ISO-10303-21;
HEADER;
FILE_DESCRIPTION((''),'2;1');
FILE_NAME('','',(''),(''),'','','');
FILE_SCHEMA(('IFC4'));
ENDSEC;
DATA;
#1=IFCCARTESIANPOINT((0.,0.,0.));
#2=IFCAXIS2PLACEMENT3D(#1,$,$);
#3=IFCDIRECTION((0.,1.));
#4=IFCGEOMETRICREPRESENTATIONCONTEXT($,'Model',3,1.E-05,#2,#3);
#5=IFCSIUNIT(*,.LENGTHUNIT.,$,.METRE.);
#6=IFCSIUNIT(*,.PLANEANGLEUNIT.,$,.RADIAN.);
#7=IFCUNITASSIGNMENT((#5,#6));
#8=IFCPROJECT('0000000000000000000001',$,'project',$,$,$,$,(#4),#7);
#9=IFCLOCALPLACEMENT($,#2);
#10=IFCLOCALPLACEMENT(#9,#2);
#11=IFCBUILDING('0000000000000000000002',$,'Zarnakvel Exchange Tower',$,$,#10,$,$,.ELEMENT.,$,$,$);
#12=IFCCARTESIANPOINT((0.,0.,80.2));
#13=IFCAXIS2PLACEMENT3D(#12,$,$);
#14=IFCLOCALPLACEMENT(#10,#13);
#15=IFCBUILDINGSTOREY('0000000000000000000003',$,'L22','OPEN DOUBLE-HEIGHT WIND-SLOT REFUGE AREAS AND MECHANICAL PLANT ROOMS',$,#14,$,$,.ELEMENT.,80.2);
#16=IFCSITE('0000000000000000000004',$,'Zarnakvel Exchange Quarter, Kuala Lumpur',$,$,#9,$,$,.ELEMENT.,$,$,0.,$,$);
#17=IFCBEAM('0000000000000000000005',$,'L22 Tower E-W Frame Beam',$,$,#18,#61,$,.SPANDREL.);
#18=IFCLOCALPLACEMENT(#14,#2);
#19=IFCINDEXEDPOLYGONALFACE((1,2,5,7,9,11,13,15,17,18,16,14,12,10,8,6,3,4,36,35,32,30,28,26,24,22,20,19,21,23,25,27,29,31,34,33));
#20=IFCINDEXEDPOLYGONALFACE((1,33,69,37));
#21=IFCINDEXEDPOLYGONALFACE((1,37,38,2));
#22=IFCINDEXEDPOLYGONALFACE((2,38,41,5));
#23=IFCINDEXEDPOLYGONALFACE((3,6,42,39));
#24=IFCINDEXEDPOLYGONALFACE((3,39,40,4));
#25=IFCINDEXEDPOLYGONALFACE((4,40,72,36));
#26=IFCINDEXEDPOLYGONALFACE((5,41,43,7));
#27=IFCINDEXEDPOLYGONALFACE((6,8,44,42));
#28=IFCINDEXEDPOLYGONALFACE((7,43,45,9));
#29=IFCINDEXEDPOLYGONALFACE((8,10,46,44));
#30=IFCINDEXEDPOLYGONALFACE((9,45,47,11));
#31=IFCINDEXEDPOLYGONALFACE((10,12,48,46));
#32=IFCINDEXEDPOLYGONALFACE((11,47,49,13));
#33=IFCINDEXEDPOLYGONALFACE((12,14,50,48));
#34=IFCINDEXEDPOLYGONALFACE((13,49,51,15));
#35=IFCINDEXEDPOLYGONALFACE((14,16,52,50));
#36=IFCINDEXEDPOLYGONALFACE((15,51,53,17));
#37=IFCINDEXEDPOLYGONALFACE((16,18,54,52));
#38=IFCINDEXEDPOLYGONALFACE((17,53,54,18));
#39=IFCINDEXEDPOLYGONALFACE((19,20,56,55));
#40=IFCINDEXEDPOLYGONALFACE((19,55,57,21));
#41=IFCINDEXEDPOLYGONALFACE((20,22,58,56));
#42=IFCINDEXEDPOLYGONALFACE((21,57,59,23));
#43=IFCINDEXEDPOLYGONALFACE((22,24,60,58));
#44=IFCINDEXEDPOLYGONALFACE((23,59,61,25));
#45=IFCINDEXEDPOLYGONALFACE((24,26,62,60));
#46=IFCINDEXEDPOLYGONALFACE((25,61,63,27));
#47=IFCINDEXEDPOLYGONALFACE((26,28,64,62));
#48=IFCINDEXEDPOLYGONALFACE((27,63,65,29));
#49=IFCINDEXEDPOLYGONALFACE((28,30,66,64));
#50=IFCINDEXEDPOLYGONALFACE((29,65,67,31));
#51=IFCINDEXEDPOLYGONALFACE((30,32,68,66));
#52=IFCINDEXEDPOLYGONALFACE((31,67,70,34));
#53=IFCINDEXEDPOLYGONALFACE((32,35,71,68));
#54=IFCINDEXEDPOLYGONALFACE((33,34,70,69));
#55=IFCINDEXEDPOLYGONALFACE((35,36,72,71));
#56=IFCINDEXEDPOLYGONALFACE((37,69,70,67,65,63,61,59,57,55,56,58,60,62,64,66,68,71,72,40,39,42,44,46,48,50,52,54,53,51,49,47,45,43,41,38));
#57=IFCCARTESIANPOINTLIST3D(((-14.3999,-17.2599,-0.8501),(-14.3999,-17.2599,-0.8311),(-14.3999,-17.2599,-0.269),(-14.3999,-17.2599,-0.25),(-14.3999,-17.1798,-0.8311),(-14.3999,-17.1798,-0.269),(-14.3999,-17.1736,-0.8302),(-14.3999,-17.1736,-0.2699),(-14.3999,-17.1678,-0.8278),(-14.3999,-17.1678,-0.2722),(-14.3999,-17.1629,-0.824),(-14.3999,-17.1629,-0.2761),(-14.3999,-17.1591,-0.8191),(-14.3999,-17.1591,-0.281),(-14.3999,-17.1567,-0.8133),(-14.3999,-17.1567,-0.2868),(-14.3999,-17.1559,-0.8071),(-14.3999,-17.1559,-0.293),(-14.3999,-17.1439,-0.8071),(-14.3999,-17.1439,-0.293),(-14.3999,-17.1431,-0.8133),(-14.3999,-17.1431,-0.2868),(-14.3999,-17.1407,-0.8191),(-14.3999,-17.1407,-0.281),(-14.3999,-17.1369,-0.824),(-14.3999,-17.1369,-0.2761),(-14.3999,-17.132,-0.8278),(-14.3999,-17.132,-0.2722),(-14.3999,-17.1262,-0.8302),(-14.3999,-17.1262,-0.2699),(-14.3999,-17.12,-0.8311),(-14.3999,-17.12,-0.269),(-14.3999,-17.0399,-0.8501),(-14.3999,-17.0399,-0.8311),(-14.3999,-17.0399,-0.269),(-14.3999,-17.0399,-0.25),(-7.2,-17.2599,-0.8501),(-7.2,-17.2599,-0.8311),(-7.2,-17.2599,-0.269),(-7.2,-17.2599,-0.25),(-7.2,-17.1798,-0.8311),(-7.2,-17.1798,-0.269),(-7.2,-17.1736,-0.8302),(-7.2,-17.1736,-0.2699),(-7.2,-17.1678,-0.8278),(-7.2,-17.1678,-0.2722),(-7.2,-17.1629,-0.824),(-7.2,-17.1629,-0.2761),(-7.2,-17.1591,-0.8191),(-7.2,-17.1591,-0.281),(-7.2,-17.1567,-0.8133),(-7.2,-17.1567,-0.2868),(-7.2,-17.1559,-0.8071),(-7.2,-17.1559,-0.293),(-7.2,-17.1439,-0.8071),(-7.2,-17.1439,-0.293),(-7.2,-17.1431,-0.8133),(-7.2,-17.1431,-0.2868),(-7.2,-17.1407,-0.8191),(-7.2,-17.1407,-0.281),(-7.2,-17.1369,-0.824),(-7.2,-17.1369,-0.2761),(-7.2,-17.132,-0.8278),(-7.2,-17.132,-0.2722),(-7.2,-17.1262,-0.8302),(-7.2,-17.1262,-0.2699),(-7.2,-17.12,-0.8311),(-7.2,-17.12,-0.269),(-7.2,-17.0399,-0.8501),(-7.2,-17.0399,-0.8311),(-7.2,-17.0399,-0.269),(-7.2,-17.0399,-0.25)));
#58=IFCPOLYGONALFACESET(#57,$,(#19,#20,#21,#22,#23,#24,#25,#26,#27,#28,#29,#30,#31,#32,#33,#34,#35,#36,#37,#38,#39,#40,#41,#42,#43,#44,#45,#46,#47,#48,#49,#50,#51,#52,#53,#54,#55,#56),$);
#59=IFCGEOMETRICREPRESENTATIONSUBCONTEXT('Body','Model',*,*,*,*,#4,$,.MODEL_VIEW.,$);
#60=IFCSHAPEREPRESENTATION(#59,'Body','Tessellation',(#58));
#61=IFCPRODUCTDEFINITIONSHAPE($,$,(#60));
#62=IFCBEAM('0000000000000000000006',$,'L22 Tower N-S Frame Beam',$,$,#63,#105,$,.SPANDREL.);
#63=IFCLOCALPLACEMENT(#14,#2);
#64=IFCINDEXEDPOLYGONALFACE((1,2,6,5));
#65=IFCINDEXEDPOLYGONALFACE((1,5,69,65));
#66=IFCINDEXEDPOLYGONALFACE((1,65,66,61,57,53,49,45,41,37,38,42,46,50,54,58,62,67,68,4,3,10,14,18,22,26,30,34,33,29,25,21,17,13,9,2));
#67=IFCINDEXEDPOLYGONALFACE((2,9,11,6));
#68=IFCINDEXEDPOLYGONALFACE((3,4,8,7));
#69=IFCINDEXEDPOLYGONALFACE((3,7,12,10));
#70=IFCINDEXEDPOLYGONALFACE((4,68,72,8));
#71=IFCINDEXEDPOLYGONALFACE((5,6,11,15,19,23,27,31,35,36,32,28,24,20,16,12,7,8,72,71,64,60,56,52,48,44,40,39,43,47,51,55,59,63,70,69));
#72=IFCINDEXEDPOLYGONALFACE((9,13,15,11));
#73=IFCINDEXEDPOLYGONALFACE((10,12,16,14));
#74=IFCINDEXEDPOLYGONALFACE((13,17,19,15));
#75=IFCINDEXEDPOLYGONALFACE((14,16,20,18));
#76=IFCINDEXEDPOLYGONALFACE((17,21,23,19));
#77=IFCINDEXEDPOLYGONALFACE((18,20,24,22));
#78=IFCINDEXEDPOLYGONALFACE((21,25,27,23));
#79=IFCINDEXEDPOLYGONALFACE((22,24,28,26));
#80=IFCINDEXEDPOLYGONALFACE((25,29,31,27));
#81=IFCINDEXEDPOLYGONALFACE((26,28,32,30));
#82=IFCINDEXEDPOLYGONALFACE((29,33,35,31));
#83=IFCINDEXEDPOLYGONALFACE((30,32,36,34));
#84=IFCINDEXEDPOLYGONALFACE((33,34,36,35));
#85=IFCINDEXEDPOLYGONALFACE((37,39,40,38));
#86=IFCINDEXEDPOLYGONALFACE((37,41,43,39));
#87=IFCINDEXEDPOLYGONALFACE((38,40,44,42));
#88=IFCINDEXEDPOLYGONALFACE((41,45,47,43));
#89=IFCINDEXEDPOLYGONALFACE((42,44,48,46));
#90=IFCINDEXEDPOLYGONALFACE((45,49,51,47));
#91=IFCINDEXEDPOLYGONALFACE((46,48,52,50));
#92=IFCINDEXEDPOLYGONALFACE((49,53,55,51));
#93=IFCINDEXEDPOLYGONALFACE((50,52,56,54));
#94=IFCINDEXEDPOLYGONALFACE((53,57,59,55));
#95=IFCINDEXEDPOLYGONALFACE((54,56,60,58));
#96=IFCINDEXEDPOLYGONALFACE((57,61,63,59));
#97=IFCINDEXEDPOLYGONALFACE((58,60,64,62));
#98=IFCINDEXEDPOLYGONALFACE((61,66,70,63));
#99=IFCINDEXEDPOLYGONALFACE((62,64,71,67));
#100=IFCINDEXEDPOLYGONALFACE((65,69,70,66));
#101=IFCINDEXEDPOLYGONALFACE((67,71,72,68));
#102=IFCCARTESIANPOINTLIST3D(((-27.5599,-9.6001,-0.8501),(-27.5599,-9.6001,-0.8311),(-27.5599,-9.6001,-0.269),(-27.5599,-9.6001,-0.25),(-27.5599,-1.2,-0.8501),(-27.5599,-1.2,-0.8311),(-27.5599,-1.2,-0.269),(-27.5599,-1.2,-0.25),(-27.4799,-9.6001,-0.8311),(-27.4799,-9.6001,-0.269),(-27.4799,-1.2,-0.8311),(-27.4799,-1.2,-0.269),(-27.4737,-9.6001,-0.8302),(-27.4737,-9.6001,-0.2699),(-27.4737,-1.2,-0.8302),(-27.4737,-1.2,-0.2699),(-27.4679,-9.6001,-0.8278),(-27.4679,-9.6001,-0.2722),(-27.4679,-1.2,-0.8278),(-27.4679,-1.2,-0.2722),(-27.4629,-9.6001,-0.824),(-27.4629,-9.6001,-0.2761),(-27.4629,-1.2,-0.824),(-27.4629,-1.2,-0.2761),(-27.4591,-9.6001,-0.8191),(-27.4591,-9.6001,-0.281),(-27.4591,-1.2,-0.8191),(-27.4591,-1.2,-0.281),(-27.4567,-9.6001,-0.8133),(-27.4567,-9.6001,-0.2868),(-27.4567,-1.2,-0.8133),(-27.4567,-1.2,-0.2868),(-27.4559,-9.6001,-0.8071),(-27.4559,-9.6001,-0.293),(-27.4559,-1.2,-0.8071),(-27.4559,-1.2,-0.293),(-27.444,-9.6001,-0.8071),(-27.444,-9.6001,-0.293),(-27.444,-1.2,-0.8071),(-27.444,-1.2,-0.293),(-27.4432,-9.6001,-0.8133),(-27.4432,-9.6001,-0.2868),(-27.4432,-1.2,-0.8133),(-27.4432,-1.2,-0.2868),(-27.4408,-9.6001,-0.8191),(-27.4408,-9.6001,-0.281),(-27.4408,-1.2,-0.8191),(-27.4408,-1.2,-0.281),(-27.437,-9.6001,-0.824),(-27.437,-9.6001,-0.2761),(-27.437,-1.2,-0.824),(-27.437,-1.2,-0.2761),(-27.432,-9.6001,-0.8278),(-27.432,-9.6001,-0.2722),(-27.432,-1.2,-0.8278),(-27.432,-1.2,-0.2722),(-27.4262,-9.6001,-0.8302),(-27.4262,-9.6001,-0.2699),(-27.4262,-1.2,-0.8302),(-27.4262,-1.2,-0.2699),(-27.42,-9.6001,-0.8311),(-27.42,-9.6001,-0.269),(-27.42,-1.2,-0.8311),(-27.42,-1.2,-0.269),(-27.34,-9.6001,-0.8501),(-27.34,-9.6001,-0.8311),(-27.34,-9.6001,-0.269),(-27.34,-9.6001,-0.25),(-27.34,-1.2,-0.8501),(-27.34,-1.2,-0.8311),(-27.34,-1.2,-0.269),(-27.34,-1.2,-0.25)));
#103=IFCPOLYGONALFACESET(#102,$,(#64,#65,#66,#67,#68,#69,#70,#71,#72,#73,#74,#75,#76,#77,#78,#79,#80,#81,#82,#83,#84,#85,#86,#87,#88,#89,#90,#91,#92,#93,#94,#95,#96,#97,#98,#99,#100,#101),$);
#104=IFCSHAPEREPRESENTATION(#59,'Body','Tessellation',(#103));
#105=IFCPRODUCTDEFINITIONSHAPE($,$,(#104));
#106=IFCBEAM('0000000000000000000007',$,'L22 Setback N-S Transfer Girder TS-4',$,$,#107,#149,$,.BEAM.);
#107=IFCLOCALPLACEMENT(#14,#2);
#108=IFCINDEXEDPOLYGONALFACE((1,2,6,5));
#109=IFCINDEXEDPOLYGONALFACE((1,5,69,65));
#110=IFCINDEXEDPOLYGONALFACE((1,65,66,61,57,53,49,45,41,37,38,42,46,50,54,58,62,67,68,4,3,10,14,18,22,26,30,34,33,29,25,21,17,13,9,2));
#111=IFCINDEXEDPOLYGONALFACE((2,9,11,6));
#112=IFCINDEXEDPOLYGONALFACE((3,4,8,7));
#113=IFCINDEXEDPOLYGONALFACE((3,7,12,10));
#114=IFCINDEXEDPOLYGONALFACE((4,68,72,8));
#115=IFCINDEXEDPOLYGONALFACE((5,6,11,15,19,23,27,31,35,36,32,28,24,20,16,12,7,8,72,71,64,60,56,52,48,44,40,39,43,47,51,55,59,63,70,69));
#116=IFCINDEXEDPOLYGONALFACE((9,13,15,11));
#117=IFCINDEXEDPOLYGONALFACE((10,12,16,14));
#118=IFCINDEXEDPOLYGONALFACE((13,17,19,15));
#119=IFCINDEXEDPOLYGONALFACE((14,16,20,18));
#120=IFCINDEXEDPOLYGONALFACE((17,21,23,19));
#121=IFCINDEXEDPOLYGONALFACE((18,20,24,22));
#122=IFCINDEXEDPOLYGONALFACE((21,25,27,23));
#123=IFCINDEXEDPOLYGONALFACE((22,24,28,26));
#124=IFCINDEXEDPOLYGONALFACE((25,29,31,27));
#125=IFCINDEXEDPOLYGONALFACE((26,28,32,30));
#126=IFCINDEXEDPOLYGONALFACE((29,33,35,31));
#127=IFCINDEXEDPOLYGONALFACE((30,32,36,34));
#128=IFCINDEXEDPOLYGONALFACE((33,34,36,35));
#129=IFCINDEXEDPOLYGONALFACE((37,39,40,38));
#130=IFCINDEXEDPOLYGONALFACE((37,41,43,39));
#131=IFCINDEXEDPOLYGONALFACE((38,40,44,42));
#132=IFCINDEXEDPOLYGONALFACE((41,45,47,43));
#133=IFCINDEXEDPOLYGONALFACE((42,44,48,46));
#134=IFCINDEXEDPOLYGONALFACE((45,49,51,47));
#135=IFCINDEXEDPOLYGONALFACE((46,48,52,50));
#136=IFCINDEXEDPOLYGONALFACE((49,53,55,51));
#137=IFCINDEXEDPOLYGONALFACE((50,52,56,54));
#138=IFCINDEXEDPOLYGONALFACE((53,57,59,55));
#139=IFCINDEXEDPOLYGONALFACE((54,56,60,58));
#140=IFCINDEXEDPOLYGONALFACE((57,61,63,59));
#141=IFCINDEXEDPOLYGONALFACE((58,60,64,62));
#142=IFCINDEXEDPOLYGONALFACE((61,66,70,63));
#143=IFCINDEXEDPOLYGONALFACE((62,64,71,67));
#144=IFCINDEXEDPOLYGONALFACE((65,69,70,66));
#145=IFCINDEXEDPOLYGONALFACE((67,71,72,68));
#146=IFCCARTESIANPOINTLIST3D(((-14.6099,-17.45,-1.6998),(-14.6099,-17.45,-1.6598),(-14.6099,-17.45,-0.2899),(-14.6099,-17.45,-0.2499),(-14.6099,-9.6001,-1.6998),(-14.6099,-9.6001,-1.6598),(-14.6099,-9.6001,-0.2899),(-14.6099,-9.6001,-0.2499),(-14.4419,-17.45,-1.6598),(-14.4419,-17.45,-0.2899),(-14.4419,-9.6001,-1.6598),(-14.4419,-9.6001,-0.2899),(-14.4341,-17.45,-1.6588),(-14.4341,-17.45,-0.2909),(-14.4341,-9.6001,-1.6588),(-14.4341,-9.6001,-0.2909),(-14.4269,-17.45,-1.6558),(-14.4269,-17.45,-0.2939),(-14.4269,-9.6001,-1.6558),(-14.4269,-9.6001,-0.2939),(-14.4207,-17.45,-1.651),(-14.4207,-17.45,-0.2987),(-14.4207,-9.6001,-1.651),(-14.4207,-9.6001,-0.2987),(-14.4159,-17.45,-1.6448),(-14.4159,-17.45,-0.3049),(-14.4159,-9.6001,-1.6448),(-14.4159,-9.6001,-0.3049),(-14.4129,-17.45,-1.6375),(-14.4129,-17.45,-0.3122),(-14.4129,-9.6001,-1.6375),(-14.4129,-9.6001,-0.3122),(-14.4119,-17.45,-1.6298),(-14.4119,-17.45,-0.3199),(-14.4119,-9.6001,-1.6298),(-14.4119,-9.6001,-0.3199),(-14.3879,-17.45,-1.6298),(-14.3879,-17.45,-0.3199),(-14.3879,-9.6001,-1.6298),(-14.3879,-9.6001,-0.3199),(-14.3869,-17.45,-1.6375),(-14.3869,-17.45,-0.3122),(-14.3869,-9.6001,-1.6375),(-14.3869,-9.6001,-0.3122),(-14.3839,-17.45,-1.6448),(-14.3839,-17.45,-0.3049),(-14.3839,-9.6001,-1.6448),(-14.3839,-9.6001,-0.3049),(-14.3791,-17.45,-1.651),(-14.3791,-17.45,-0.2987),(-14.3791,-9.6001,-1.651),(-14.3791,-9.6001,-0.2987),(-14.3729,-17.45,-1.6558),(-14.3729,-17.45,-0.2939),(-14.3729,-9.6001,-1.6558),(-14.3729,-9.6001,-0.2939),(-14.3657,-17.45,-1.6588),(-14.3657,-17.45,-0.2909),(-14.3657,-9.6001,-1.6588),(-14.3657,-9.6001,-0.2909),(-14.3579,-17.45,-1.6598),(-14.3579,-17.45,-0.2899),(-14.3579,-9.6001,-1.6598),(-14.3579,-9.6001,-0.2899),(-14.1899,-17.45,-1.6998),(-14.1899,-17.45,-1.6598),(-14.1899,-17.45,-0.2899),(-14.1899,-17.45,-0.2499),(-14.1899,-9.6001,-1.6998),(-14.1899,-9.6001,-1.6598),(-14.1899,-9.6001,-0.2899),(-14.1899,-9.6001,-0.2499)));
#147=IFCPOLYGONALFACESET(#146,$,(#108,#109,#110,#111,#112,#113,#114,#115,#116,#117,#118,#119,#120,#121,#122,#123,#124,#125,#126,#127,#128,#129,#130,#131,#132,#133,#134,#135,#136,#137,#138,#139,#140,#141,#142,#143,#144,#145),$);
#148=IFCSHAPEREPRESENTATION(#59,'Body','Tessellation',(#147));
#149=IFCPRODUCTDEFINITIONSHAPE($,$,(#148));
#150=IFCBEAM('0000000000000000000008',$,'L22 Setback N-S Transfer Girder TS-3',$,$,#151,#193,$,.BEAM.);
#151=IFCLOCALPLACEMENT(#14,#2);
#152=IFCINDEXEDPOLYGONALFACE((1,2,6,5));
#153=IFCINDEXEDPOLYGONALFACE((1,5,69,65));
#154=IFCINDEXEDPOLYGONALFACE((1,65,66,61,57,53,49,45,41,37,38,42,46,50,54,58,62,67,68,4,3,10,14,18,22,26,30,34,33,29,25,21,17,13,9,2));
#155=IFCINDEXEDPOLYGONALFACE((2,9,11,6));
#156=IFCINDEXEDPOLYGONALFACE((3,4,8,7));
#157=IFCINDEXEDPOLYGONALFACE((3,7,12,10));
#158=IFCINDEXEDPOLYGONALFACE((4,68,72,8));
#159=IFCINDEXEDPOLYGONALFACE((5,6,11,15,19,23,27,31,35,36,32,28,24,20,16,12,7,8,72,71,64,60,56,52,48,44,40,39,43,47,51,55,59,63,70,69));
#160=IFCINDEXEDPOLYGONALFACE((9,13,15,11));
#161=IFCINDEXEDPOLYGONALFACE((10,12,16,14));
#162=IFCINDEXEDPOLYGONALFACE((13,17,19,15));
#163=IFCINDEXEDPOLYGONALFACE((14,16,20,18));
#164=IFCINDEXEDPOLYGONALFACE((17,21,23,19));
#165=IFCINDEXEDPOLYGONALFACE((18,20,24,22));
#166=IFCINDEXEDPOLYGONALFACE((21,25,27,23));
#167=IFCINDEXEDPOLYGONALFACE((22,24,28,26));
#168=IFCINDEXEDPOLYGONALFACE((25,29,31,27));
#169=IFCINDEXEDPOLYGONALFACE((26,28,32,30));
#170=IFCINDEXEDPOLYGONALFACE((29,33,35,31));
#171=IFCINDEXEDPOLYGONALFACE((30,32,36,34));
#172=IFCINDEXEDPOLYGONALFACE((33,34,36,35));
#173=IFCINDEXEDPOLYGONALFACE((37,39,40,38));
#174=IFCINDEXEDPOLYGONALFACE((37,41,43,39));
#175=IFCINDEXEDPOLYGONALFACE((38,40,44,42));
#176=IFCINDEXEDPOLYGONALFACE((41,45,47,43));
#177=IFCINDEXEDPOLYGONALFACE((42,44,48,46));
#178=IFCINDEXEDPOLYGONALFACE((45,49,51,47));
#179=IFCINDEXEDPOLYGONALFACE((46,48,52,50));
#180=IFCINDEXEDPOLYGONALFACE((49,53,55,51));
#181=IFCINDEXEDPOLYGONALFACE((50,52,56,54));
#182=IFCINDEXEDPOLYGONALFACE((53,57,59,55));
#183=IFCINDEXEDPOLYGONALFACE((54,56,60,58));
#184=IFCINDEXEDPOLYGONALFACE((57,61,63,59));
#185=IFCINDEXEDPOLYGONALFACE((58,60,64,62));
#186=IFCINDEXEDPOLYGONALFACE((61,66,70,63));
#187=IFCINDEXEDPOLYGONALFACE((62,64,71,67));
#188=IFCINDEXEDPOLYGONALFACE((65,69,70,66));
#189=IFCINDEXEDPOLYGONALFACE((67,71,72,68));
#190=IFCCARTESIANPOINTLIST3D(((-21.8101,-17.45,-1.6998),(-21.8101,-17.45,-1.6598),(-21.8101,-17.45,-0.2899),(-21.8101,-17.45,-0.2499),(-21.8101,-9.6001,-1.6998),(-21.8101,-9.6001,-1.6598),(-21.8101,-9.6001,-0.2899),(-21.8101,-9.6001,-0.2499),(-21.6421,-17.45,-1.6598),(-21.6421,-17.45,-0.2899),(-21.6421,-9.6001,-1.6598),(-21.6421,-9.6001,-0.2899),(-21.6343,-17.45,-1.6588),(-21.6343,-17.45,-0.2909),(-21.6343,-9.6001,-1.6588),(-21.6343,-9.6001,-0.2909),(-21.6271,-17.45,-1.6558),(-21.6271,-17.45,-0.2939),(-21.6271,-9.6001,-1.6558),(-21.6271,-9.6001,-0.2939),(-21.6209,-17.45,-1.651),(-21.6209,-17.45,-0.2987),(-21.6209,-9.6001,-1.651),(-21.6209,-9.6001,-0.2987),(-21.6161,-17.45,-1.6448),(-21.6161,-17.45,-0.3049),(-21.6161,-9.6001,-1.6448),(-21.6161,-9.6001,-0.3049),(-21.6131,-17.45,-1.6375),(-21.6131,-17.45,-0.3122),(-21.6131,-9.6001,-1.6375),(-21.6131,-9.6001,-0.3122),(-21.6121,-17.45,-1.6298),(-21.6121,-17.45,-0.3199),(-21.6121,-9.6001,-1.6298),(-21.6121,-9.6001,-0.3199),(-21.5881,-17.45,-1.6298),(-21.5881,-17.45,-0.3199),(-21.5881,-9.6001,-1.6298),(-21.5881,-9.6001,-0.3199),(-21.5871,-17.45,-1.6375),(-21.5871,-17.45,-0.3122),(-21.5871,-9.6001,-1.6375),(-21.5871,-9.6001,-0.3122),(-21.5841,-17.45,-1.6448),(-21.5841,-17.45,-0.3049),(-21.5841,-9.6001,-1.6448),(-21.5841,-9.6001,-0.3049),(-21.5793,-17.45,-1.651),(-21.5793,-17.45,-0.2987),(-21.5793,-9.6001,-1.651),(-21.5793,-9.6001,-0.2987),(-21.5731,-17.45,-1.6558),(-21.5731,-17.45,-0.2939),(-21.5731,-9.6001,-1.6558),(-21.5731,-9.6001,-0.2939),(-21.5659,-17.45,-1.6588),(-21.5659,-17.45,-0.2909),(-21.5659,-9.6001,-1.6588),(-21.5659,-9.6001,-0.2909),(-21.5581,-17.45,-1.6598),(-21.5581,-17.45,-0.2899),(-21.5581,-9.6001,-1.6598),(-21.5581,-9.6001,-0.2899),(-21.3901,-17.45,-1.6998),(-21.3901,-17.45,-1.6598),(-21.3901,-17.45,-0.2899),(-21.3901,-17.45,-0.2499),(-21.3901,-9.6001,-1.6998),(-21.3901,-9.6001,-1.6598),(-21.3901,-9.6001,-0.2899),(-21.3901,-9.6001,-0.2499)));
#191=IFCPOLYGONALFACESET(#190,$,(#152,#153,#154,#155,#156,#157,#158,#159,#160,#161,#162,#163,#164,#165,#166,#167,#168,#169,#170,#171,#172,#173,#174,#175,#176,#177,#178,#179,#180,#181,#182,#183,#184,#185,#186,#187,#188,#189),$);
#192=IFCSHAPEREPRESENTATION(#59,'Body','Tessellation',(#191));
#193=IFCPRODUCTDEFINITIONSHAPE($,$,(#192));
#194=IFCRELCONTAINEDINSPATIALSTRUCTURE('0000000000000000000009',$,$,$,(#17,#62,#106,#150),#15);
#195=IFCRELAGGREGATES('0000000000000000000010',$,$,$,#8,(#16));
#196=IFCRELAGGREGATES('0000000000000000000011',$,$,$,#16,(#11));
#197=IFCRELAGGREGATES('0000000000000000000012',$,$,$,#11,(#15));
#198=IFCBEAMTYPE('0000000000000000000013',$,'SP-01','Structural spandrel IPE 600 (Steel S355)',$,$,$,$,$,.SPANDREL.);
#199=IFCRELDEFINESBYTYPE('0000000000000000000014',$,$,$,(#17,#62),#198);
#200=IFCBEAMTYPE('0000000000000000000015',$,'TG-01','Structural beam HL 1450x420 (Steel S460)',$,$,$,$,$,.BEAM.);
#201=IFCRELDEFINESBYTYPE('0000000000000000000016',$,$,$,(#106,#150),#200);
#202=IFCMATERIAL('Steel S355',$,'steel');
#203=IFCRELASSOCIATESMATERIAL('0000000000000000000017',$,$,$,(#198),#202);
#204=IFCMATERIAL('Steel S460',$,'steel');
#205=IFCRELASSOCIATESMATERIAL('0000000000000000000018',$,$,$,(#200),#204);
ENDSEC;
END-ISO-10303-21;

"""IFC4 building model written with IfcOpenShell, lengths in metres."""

from ifc_helpers import new_model, si_unit, direction, frame, origin, origin_2d, place, context, subcontext, project, spatial, i_section, extrude, material, material_profile, profile_set, type_object, element, save


model = new_model("IFC4")

# Units and contexts
model_context = context("Model", 3, precision=1e-05, world=origin(), true_north=direction((0.0, 1.0)))
body_context = subcontext(model_context, "Body", "Model", "MODEL_VIEW")
ifc_project = project(units=[si_unit("LENGTHUNIT", "METRE"), si_unit("PLANEANGLEUNIT", "RADIAN")], contexts=[model_context])

# Site, building, storey
site_placement = place(None, origin())
site = spatial("IfcSite", under=ifc_project, at=site_placement, Name="Zarnakvel Exchange Quarter, Kuala Lumpur", CompositionType="ELEMENT", RefElevation=0.0)
building_placement = place(site_placement, origin())
building = spatial("IfcBuilding", under=site, at=building_placement, Name="Zarnakvel Exchange Tower", CompositionType="ELEMENT")
storey_placement = place(building_placement, frame((0.0, 0.0, 80.2)))
storey = spatial("IfcBuildingStorey", under=building, at=storey_placement, Name="L22", Description="OPEN DOUBLE-HEIGHT WIND-SLOT REFUGE AREAS AND MECHANICAL PLANT ROOMS", CompositionType="ELEMENT", Elevation=80.2)

# Shared definitions
ifc_material_1 = material(Name="Steel S355", Category="steel")

# Beams
ifc_material_profile_1 = material_profile(ifc_material_1, i_section(OverallWidth=0.22, OverallDepth=0.6001, WebThickness=0.012, FlangeThickness=0.019, FilletRadius=0.0239, at=origin_2d()))
ifc_profile_set_1 = profile_set([ifc_material_profile_1], Name="Steel S355")
beam_type_1 = type_object("IfcBeamType", Name="SP-01", Description="Structural spandrel IPE 600 (Steel S355)", PredefinedType="SPANDREL", material=ifc_profile_set_1)
beam_1_placement = place(storey_placement, frame((-14.3999, -17.1499, -0.55), z_axis=(1.0, 0.0, 0.0), x_axis=(0.0, 1.0, 0.0)))
element("IfcBeam", 1, at=beam_1_placement, inside=storey, type_object=beam_type_1, Name="L22 Tower E-W Frame Beam", PredefinedType="SPANDREL", context=body_context, shape_type="SweptSolid", body=[
    extrude(i_section(OverallWidth=0.22, OverallDepth=0.6001, WebThickness=0.012, FlangeThickness=0.019, FilletRadius=0.0239, at=origin_2d()), origin(), (0.0, 0.0, 1.0), 7.2),
])
beam_2_placement = place(storey_placement, frame((-27.45, -9.6001, -0.55), z_axis=(0.0, 1.0, 0.0), x_axis=(-1.0, 0.0, 0.0)))
element("IfcBeam", 2, at=beam_2_placement, inside=storey, type_object=beam_type_1, Name="L22 Tower N-S Frame Beam", PredefinedType="SPANDREL", context=body_context, shape_type="SweptSolid", body=[
    extrude(i_section(OverallWidth=0.22, OverallDepth=0.6001, WebThickness=0.012, FlangeThickness=0.019, FilletRadius=0.0239, at=origin_2d()), origin(), (0.0, 0.0, 1.0), 8.4001),
])
ifc_material_2 = material(Name="Steel S460", Category="steel")
ifc_material_profile_2 = material_profile(ifc_material_2, i_section(OverallWidth=0.4199, OverallDepth=1.45, WebThickness=0.0239, FlangeThickness=0.04, FilletRadius=0.03, at=origin_2d()))
ifc_profile_set_2 = profile_set([ifc_material_profile_2], Name="Steel S460")
beam_type_2 = type_object("IfcBeamType", Name="TG-01", Description="Structural beam HL 1450x420 (Steel S460)", PredefinedType="BEAM", material=ifc_profile_set_2)
for number, where, z_axis, x_axis, name in (
    (3, (-14.3999, -17.45, -0.9749), (0.0, 1.0, 0.0), (-1.0, 0.0, 0.0), "L22 Setback N-S Transfer Girder TS-4"),
    (4, (-21.6001, -17.45, -0.9749), (0.0, 1.0, 0.0), (-1.0, 0.0, 0.0), "L22 Setback N-S Transfer Girder TS-3"),
):
    element("IfcBeam", number, at=place(storey_placement, frame(where, z_axis=z_axis, x_axis=x_axis)), inside=storey, type_object=beam_type_2, Name=name, PredefinedType="BEAM", context=body_context, shape_type="SweptSolid", body=[
        extrude(i_section(OverallWidth=0.4199, OverallDepth=1.45, WebThickness=0.0239, FlangeThickness=0.04, FilletRadius=0.03, at=origin_2d()), origin(), (0.0, 0.0, 1.0), 7.8499),
    ])

save(model, "model.ifc")
